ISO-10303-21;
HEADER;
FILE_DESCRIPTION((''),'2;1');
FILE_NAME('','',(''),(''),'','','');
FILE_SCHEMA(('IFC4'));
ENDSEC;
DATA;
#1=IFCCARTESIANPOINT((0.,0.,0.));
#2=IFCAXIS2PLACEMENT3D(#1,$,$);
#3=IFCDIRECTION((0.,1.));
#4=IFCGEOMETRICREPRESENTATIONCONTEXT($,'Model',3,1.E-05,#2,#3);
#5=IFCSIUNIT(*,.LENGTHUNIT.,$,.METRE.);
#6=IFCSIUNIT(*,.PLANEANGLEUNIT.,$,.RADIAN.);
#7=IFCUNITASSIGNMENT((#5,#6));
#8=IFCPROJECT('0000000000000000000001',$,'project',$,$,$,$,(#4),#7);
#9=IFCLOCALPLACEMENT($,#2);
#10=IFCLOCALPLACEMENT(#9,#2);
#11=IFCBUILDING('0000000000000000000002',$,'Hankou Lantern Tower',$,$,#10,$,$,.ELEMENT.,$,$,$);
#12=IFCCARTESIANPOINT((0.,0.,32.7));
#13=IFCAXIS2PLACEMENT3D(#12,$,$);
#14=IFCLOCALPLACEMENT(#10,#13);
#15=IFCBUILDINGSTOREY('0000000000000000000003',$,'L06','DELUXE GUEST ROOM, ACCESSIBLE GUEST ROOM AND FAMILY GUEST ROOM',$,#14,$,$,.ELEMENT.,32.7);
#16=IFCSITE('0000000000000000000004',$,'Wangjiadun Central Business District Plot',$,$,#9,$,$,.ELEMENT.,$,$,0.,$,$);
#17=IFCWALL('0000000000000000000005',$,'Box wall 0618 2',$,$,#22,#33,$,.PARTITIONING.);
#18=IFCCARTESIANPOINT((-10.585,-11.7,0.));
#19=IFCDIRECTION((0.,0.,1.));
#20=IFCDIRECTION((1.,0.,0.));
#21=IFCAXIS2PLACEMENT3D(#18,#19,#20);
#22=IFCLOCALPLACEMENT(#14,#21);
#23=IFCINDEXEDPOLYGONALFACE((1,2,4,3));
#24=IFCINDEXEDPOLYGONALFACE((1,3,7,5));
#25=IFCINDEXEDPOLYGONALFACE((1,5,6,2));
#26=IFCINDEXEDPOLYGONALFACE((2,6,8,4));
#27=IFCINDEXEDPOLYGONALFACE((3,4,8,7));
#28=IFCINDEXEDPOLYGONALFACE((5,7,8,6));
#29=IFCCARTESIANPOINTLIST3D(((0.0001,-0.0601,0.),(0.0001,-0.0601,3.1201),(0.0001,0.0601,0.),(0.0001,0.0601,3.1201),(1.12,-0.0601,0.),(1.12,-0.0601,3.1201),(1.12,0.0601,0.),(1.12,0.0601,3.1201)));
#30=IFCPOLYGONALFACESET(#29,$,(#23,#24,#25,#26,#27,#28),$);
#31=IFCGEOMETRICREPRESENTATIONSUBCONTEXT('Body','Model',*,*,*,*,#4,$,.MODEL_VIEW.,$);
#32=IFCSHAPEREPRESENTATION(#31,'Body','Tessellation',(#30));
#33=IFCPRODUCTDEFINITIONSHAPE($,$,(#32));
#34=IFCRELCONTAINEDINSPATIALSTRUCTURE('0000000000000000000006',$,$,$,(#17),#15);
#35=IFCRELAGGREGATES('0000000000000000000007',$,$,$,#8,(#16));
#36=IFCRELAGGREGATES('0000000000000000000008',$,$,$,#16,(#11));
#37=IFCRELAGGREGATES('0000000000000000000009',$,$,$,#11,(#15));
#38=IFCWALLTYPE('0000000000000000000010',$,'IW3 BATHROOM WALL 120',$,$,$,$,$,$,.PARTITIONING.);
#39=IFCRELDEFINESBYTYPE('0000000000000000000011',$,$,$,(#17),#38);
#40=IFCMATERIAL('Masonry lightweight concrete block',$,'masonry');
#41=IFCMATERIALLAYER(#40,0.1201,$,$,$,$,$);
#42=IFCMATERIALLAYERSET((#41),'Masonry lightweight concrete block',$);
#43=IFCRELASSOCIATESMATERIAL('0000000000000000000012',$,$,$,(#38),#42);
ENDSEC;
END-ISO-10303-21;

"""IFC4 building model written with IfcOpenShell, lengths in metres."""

from ifc_helpers import new_model, si_unit, direction, frame, frame_2d, origin, place, context, subcontext, project, spatial, rectangle, extrude, material, layer, layer_set, type_object, element, save


model = new_model("IFC4")

# Units and contexts
model_context = context("Model", 3, precision=1e-05, world=origin(), true_north=direction((0.0, 1.0)))
body_context = subcontext(model_context, "Body", "Model", "MODEL_VIEW")
ifc_project = project(units=[si_unit("LENGTHUNIT", "METRE"), si_unit("PLANEANGLEUNIT", "RADIAN")], contexts=[model_context])

# Site, building, storey
site_placement = place(None, origin())
site = spatial("IfcSite", under=ifc_project, at=site_placement, Name="Wangjiadun Central Business District Plot", CompositionType="ELEMENT", RefElevation=0.0)
building_placement = place(site_placement, origin())
building = spatial("IfcBuilding", under=site, at=building_placement, Name="Hankou Lantern Tower", CompositionType="ELEMENT")
storey_placement = place(building_placement, frame((0.0, 0.0, 32.7)))
storey = spatial("IfcBuildingStorey", under=building, at=storey_placement, Name="L06", Description="DELUXE GUEST ROOM, ACCESSIBLE GUEST ROOM AND FAMILY GUEST ROOM", CompositionType="ELEMENT", Elevation=32.7)

# Wall
ifc_material_1 = material(Name="Masonry lightweight concrete block", Category="masonry")
ifc_layer_1 = layer(ifc_material_1, 0.1201)
ifc_layer_set_1 = layer_set([ifc_layer_1], Name="Masonry lightweight concrete block")
wall_type_1 = type_object("IfcWallType", Name="IW3 BATHROOM WALL 120", PredefinedType="PARTITIONING", material=ifc_layer_set_1)
wall_1_placement = place(storey_placement, frame((-10.585, -11.7, 0.0), z_axis=(0.0, 0.0, 1.0), x_axis=(1.0, 0.0, 0.0)))
element("IfcWall", 1, at=wall_1_placement, inside=storey, type_object=wall_type_1, Name="Box wall 0618 2", PredefinedType="PARTITIONING", context=body_context, shape_type="SweptSolid", body=[
    extrude(rectangle(XDim=1.1199, YDim=0.1201, at=frame_2d((0.5601, 0.0))), origin(), (0.0, 0.0, 1.0), 3.1201),
])

save(model, "model.ifc")
